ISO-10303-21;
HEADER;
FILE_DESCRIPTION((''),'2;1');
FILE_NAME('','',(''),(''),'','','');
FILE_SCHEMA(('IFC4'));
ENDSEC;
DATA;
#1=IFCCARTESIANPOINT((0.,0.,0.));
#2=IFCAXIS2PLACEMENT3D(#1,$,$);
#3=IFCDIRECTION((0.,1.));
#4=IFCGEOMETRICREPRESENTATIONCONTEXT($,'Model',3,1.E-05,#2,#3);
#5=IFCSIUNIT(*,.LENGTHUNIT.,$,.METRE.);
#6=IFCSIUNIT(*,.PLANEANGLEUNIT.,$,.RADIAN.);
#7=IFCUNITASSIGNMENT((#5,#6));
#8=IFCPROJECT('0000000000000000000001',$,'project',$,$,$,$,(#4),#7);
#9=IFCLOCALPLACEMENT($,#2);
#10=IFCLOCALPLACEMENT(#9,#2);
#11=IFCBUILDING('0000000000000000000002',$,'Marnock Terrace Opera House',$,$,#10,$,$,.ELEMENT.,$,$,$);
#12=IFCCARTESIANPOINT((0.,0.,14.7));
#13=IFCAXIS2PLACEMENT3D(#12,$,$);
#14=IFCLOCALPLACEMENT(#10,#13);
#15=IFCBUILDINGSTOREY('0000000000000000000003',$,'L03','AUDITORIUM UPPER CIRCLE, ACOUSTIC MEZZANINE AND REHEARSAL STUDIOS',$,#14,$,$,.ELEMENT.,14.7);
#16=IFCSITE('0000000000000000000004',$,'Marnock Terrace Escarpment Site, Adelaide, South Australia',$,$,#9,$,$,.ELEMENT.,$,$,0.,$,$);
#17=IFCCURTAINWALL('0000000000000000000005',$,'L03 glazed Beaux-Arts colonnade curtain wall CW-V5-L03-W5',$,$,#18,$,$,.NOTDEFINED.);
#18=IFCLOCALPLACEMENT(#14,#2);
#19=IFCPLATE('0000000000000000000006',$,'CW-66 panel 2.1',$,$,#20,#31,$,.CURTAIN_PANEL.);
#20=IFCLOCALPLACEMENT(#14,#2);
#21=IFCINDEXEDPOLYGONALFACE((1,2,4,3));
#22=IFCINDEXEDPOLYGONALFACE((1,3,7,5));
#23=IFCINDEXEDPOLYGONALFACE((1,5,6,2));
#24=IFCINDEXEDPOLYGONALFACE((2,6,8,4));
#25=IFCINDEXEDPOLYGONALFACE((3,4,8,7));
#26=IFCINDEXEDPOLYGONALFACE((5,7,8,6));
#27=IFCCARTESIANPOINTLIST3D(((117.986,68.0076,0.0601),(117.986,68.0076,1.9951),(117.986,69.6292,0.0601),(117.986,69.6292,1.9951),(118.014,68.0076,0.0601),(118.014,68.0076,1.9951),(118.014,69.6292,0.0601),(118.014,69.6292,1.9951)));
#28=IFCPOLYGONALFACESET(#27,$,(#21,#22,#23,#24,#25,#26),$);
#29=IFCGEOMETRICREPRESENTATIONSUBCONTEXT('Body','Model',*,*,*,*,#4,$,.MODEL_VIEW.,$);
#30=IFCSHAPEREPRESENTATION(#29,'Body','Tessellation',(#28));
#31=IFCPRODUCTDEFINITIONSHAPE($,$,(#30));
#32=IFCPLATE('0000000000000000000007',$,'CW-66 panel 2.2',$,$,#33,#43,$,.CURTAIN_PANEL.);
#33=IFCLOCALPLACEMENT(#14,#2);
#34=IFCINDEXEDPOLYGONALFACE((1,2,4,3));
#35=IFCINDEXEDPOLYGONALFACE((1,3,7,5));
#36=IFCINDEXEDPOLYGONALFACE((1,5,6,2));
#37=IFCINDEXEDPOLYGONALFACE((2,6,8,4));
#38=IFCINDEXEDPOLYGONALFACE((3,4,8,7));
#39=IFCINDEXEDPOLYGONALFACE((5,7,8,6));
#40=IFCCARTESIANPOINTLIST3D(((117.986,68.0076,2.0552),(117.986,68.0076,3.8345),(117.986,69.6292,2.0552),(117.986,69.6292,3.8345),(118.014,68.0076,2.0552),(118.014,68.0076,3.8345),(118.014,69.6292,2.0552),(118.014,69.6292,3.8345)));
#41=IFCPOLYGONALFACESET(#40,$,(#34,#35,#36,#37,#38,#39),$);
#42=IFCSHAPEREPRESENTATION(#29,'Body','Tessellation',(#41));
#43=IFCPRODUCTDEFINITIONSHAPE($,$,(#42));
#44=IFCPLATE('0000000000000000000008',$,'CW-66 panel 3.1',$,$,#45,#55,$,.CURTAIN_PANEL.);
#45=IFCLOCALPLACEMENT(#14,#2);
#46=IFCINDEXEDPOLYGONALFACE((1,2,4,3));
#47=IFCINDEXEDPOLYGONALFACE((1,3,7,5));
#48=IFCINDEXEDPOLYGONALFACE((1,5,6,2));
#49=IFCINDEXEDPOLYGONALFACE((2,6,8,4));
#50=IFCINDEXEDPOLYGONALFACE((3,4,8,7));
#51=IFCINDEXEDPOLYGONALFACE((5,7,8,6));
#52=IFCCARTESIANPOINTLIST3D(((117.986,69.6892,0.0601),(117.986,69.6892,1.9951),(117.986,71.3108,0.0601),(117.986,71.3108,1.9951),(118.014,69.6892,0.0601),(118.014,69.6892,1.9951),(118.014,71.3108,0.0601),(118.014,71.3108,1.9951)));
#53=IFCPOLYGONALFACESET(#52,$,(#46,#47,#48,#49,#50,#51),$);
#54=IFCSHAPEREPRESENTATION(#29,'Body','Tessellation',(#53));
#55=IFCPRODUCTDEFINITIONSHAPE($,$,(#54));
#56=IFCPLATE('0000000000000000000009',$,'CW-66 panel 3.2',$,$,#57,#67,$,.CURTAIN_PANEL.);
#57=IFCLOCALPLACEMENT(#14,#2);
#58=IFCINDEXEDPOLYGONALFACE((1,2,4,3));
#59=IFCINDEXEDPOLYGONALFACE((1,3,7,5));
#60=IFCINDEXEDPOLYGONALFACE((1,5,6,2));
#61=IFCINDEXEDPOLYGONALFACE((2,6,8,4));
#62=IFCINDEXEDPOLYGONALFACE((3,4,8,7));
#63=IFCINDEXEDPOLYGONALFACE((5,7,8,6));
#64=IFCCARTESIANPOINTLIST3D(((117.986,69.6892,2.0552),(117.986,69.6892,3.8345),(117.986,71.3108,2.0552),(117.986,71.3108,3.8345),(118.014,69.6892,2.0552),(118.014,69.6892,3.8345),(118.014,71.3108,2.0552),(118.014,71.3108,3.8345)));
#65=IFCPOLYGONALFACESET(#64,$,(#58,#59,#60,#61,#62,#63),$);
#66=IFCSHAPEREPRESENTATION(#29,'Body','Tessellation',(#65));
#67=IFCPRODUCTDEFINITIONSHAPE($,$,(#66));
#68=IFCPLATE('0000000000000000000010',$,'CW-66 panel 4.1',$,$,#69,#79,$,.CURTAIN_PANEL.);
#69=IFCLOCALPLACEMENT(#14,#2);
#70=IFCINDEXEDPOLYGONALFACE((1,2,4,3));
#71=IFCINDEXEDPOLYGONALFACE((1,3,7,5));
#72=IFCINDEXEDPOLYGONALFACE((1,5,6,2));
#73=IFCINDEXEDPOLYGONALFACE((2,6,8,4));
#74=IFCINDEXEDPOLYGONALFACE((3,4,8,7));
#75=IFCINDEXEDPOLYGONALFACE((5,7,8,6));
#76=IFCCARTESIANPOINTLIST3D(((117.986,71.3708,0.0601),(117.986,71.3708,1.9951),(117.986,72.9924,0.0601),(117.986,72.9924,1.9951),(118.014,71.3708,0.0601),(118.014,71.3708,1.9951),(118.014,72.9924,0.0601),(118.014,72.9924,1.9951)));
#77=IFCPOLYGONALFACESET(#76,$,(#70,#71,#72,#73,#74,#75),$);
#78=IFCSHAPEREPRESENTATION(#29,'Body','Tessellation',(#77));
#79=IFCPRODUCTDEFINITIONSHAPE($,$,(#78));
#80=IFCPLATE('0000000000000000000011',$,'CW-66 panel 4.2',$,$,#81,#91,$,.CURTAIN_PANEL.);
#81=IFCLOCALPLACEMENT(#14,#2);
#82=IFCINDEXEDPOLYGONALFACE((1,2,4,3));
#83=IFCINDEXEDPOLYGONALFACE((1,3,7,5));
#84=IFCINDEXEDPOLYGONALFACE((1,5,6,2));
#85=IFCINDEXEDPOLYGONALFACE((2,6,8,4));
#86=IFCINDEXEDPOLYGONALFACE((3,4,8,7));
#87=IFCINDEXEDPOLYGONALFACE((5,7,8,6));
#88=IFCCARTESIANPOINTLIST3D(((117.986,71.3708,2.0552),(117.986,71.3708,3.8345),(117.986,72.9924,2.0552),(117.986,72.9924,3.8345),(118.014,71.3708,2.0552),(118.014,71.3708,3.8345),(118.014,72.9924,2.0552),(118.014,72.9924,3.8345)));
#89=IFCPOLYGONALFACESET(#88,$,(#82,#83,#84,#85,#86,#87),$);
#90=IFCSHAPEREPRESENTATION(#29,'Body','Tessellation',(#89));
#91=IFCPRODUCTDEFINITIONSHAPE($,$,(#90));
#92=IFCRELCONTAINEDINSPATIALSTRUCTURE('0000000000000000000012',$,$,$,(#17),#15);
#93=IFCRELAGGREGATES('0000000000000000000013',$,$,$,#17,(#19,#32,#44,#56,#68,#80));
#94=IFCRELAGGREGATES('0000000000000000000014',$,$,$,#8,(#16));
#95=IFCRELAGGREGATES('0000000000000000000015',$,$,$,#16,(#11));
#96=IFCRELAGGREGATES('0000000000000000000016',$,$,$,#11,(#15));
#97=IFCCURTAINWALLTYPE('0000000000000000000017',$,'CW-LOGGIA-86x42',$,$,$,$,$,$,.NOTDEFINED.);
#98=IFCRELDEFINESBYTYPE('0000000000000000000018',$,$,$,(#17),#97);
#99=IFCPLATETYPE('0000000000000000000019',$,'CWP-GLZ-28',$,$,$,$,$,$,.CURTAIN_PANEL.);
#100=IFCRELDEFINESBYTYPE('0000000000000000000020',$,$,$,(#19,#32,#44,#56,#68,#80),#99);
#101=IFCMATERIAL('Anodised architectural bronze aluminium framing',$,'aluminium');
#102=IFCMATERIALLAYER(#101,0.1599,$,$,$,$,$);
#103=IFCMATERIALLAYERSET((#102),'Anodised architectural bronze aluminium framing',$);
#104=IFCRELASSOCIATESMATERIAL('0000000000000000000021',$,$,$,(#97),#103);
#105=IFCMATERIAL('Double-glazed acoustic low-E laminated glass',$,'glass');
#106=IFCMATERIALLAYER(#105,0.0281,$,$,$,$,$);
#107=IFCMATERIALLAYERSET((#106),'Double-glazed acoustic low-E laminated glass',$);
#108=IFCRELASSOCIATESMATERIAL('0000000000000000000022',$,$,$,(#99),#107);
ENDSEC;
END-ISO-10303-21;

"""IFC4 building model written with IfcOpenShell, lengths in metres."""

from ifc_helpers import new_model, si_unit, direction, frame, origin, origin_2d, place, context, subcontext, project, spatial, rectangle, extrude, material, layer, layer_set, type_object, element, aggregate, save


model = new_model("IFC4")

# Units and contexts
model_context = context("Model", 3, precision=1e-05, world=origin(), true_north=direction((0.0, 1.0)))
body_context = subcontext(model_context, "Body", "Model", "MODEL_VIEW")
ifc_project = project(units=[si_unit("LENGTHUNIT", "METRE"), si_unit("PLANEANGLEUNIT", "RADIAN")], contexts=[model_context])

# Site, building, storey
site_placement = place(None, origin())
site = spatial("IfcSite", under=ifc_project, at=site_placement, Name="Marnock Terrace Escarpment Site, Adelaide, South Australia", CompositionType="ELEMENT", RefElevation=0.0)
building_placement = place(site_placement, origin())
building = spatial("IfcBuilding", under=site, at=building_placement, Name="Marnock Terrace Opera House", CompositionType="ELEMENT")
storey_placement = place(building_placement, frame((0.0, 0.0, 14.7)))
storey = spatial("IfcBuildingStorey", under=building, at=storey_placement, Name="L03", Description="AUDITORIUM UPPER CIRCLE, ACOUSTIC MEZZANINE AND REHEARSAL STUDIOS", CompositionType="ELEMENT", Elevation=14.7)

# Curtain wall
ifc_material_1 = material(Name="Anodised architectural bronze aluminium framing", Category="aluminium")
ifc_layer_1 = layer(ifc_material_1, 0.1599)
ifc_layer_set_1 = layer_set([ifc_layer_1], Name="Anodised architectural bronze aluminium framing")
curtain_wall_type = type_object("IfcCurtainWallType", Name="CW-LOGGIA-86x42", PredefinedType="NOTDEFINED", material=ifc_layer_set_1)
curtain_wall_1_placement = place(storey_placement, origin())
curtain_wall_1 = element("IfcCurtainWall", 1, at=curtain_wall_1_placement, inside=storey, type_object=curtain_wall_type, Name="L03 glazed Beaux-Arts colonnade curtain wall CW-V5-L03-W5", PredefinedType="NOTDEFINED")

# Plates
ifc_material_2 = material(Name="Double-glazed acoustic low-E laminated glass", Category="glass")
ifc_layer_2 = layer(ifc_material_2, 0.0281)
ifc_layer_set_2 = layer_set([ifc_layer_2], Name="Double-glazed acoustic low-E laminated glass")
plate_type = type_object("IfcPlateType", Name="CWP-GLZ-28", PredefinedType="CURTAIN_PANEL", material=ifc_layer_set_2)
plate_1_placement = place(storey_placement, frame((118.0, 68.8184, 0.0601), z_axis=(0.0, 0.0, 1.0), x_axis=(0.0, 1.0, 0.0)))
plate_1 = element("IfcPlate", 2, at=plate_1_placement, type_object=plate_type, Name="CW-66 panel 2.1", PredefinedType="CURTAIN_PANEL", context=body_context, shape_type="SweptSolid", body=[
    extrude(rectangle(XDim=1.6216, YDim=0.0281, at=origin_2d()), origin(), (0.0, 0.0, 1.0), 1.9351),
])
plate_2_placement = place(storey_placement, frame((118.0, 68.8184, 2.0552), z_axis=(0.0, 0.0, 1.0), x_axis=(0.0, 1.0, 0.0)))
plate_2 = element("IfcPlate", 3, at=plate_2_placement, type_object=plate_type, Name="CW-66 panel 2.2", PredefinedType="CURTAIN_PANEL", context=body_context, shape_type="SweptSolid", body=[
    extrude(rectangle(XDim=1.6216, YDim=0.0281, at=origin_2d()), origin(), (0.0, 0.0, 1.0), 1.7793),
])
plate_3_placement = place(storey_placement, frame((118.0, 70.5, 0.0601), z_axis=(0.0, 0.0, 1.0), x_axis=(0.0, 1.0, 0.0)))
plate_3 = element("IfcPlate", 4, at=plate_3_placement, type_object=plate_type, Name="CW-66 panel 3.1", PredefinedType="CURTAIN_PANEL", context=body_context, shape_type="SweptSolid", body=[
    extrude(rectangle(XDim=1.6216, YDim=0.0281, at=origin_2d()), origin(), (0.0, 0.0, 1.0), 1.9351),
])
plate_4_placement = place(storey_placement, frame((118.0, 70.5, 2.0552), z_axis=(0.0, 0.0, 1.0), x_axis=(0.0, 1.0, 0.0)))
plate_4 = element("IfcPlate", 5, at=plate_4_placement, type_object=plate_type, Name="CW-66 panel 3.2", PredefinedType="CURTAIN_PANEL", context=body_context, shape_type="SweptSolid", body=[
    extrude(rectangle(XDim=1.6216, YDim=0.0281, at=origin_2d()), origin(), (0.0, 0.0, 1.0), 1.7793),
])
plate_5_placement = place(storey_placement, frame((118.0, 72.1816, 0.0601), z_axis=(0.0, 0.0, 1.0), x_axis=(0.0, 1.0, 0.0)))
plate_5 = element("IfcPlate", 6, at=plate_5_placement, type_object=plate_type, Name="CW-66 panel 4.1", PredefinedType="CURTAIN_PANEL", context=body_context, shape_type="SweptSolid", body=[
    extrude(rectangle(XDim=1.6216, YDim=0.0281, at=origin_2d()), origin(), (0.0, 0.0, 1.0), 1.9351),
])
plate_6_placement = place(storey_placement, frame((118.0, 72.1816, 2.0552), z_axis=(0.0, 0.0, 1.0), x_axis=(0.0, 1.0, 0.0)))
plate_6 = element("IfcPlate", 7, at=plate_6_placement, type_object=plate_type, Name="CW-66 panel 4.2", PredefinedType="CURTAIN_PANEL", context=body_context, shape_type="SweptSolid", body=[
    extrude(rectangle(XDim=1.6216, YDim=0.0281, at=origin_2d()), origin(), (0.0, 0.0, 1.0), 1.7793),
])
aggregate(curtain_wall_1, [plate_1, plate_2, plate_3, plate_4, plate_5, plate_6])

save(model, "model.ifc")
